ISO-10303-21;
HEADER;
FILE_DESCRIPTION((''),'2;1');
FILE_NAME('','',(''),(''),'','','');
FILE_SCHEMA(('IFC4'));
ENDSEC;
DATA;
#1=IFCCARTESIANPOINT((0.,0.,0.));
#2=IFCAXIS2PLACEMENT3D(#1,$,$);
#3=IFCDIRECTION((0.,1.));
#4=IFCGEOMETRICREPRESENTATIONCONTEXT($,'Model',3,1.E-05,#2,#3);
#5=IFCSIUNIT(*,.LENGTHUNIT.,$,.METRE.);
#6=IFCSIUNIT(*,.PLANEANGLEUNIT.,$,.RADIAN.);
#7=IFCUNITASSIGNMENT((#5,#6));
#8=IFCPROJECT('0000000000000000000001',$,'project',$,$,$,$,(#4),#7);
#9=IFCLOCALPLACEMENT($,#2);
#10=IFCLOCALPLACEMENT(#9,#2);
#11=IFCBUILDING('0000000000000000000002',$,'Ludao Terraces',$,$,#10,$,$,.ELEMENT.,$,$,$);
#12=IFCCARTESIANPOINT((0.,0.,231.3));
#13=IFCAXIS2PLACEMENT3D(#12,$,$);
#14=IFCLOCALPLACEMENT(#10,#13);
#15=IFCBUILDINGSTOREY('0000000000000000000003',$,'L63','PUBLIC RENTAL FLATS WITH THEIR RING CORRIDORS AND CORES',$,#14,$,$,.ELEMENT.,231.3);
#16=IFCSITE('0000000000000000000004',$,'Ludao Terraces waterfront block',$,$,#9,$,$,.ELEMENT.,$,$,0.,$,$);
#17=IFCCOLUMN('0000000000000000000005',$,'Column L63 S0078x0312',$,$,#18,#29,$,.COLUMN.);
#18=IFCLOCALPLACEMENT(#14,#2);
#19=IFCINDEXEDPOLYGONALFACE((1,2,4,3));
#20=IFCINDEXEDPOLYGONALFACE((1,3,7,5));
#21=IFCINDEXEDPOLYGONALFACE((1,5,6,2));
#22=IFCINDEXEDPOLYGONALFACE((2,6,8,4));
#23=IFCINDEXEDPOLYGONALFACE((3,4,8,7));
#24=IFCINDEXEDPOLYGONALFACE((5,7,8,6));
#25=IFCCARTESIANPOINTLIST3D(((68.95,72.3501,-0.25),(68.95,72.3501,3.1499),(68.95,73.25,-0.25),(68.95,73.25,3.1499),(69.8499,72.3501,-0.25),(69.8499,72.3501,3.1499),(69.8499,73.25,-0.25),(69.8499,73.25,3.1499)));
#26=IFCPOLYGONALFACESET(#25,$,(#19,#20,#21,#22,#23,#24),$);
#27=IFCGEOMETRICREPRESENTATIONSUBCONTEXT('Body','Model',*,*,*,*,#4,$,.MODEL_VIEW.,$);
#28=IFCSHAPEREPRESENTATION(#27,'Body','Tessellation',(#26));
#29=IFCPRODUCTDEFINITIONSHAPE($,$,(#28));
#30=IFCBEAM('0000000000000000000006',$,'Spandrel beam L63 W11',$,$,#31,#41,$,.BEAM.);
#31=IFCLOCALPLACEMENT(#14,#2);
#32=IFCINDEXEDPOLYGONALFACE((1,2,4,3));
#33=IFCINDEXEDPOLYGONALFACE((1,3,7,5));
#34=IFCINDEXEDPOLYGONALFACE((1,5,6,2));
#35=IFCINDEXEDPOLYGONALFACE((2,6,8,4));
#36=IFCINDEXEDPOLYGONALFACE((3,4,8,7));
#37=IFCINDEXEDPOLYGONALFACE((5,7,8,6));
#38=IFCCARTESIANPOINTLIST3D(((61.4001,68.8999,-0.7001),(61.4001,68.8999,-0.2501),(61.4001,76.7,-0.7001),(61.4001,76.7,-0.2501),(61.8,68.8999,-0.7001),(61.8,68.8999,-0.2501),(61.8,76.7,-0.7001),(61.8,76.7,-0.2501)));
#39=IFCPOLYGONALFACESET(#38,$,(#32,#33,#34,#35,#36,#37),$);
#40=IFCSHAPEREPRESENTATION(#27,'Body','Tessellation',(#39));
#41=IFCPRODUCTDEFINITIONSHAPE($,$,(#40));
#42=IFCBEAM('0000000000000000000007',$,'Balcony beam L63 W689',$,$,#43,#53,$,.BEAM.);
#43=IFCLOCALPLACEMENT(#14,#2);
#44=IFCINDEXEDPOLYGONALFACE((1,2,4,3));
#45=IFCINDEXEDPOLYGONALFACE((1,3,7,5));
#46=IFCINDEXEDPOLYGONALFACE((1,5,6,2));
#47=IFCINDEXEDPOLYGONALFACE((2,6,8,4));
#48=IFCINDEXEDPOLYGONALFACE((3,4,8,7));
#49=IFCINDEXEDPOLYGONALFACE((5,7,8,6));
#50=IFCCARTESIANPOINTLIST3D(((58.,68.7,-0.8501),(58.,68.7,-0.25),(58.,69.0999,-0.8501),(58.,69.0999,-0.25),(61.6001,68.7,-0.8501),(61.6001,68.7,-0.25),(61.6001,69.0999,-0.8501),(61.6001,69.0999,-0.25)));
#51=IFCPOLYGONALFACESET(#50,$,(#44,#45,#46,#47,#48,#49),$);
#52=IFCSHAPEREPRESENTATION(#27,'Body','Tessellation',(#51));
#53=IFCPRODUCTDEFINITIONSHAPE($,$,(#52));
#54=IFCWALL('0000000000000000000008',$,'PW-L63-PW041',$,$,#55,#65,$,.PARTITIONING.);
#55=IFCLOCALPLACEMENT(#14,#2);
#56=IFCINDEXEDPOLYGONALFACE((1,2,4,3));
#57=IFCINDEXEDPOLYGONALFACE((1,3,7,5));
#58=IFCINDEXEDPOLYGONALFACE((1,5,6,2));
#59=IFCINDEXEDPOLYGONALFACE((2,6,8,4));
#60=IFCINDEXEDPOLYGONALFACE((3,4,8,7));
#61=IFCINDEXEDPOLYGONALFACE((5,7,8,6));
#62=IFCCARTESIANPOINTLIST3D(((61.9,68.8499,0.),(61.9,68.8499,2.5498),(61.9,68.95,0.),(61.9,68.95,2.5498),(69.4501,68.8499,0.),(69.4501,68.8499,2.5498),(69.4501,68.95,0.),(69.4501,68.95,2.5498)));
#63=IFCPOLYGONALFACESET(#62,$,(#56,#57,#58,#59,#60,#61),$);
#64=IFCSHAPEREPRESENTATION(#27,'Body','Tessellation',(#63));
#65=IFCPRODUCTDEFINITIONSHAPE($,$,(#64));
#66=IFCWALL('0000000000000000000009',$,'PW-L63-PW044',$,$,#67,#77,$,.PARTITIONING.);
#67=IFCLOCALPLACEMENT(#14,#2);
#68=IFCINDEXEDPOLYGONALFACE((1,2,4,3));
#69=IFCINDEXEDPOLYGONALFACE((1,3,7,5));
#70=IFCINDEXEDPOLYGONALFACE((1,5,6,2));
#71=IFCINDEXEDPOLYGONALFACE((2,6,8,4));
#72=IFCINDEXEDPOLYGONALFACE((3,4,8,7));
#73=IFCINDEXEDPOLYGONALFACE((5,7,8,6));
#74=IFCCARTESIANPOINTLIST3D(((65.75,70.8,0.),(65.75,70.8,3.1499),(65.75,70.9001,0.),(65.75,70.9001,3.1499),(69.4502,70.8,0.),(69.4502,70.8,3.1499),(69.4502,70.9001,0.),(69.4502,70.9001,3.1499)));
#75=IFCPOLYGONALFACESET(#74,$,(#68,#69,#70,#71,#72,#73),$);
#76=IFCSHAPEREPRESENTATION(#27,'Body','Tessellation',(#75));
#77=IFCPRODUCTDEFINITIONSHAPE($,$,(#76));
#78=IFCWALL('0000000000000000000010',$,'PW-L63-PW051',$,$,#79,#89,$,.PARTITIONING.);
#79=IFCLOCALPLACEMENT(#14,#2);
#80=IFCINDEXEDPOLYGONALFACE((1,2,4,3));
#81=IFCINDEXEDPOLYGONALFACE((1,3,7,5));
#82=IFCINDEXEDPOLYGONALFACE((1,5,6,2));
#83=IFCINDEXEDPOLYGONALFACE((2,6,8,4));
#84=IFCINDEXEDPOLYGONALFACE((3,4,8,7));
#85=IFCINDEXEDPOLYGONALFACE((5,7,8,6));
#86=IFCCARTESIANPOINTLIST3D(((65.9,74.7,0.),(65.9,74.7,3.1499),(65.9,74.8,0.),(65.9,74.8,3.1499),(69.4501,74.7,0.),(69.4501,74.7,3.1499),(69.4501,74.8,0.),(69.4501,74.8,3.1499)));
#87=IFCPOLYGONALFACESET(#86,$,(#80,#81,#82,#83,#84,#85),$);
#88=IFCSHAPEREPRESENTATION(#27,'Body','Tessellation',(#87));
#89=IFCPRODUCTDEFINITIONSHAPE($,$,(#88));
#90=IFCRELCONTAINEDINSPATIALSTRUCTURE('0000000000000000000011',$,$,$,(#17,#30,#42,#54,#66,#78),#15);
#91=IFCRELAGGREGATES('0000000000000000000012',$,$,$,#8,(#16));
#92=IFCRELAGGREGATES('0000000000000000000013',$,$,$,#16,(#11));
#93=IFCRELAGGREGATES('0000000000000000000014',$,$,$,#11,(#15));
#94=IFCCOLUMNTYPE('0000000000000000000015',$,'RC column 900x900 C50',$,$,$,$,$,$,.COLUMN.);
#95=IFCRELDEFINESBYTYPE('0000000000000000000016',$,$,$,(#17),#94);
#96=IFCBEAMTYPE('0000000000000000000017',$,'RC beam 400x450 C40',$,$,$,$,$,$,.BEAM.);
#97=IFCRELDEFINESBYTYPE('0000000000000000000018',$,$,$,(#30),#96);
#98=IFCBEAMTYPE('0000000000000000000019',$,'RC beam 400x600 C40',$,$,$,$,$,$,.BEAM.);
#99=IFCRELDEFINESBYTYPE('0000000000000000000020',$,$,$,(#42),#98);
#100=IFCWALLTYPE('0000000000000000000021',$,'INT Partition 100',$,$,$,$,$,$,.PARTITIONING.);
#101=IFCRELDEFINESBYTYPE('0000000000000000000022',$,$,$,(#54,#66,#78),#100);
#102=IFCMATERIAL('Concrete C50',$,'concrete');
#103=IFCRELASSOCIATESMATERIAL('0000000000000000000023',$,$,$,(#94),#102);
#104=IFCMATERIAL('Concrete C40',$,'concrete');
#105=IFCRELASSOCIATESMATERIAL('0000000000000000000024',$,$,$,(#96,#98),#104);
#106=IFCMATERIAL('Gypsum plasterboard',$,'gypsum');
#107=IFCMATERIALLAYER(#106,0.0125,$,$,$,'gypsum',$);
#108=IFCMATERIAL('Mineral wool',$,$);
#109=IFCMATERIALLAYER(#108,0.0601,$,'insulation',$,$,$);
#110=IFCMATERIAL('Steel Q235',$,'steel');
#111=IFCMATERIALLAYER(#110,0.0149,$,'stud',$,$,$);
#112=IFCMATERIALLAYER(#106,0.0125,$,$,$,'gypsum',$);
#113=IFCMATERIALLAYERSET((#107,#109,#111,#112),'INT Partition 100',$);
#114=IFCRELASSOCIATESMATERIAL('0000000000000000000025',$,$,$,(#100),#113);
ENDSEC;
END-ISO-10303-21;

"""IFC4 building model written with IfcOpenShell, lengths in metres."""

from ifc_helpers import new_model, si_unit, direction, frame, frame_2d, origin, origin_2d, place, context, subcontext, project, spatial, rectangle, extrude, material, layer, layer_set, material_profile, profile_set, type_object, element, save


model = new_model("IFC4")

# Units and contexts
model_context = context("Model", 3, precision=1e-05, world=origin(), true_north=direction((0.0, 1.0)))
body_context = subcontext(model_context, "Body", "Model", "MODEL_VIEW")
ifc_project = project(units=[si_unit("LENGTHUNIT", "METRE"), si_unit("PLANEANGLEUNIT", "RADIAN")], contexts=[model_context])

# Site, building, storey
site_placement = place(None, origin())
site = spatial("IfcSite", under=ifc_project, at=site_placement, Name="Ludao Terraces waterfront block", CompositionType="ELEMENT", RefElevation=0.0)
building_placement = place(site_placement, origin())
building = spatial("IfcBuilding", under=site, at=building_placement, Name="Ludao Terraces", CompositionType="ELEMENT")
storey_placement = place(building_placement, frame((0.0, 0.0, 231.3)))
storey = spatial("IfcBuildingStorey", under=building, at=storey_placement, Name="L63", Description="PUBLIC RENTAL FLATS WITH THEIR RING CORRIDORS AND CORES", CompositionType="ELEMENT", Elevation=231.3)

# Column
ifc_material_1 = material(Name="Concrete C50", Category="concrete")
ifc_material_profile_1 = material_profile(ifc_material_1, rectangle(XDim=0.8999, YDim=0.8999, at=origin_2d()), Name="900 X 900")
ifc_profile_set_1 = profile_set([ifc_material_profile_1], Name="Concrete C50")
column_type = type_object("IfcColumnType", Name="RC column 900x900 C50", PredefinedType="COLUMN", material=ifc_profile_set_1)
column_placement = place(storey_placement, frame((69.3999, 72.8, -0.25), z_axis=(0.0, 0.0, 1.0), x_axis=(1.0, 0.0, 0.0)))
element("IfcColumn", 1, at=column_placement, inside=storey, type_object=column_type, Name="Column L63 S0078x0312", PredefinedType="COLUMN", context=body_context, shape_type="SweptSolid", body=[
    extrude(rectangle(XDim=0.8999, YDim=0.8999, at=origin_2d()), origin(), (0.0, 0.0, 1.0), 3.3999),
])

# Beams
ifc_material_2 = material(Name="Concrete C40", Category="concrete")
ifc_material_profile_2 = material_profile(ifc_material_2, rectangle(XDim=0.3999, YDim=0.45, at=origin_2d()), Name="400 X 450")
ifc_profile_set_2 = profile_set([ifc_material_profile_2], Name="Concrete C40")
beam_type_1 = type_object("IfcBeamType", Name="RC beam 400x450 C40", PredefinedType="BEAM", material=ifc_profile_set_2)
beam_1_placement = place(storey_placement, frame((61.6001, 68.8999, -0.4751), z_axis=(0.0, 1.0, 0.0), x_axis=(-1.0, 0.0, 0.0)))
element("IfcBeam", 2, at=beam_1_placement, inside=storey, type_object=beam_type_1, Name="Spandrel beam L63 W11", PredefinedType="BEAM", context=body_context, shape_type="SweptSolid", body=[
    extrude(rectangle(XDim=0.3999, YDim=0.45, at=origin_2d()), origin(), (0.0, 0.0, 1.0), 7.8),
])
ifc_material_profile_3 = material_profile(ifc_material_2, rectangle(XDim=0.3999, YDim=0.6001, at=origin_2d()), Name="400 X 600")
ifc_profile_set_3 = profile_set([ifc_material_profile_3], Name="Concrete C40")
beam_type_2 = type_object("IfcBeamType", Name="RC beam 400x600 C40", PredefinedType="BEAM", material=ifc_profile_set_3)
beam_2_placement = place(storey_placement, frame((61.6001, 68.8999, -0.55), z_axis=(-1.0, 0.0, 0.0), x_axis=(0.0, -1.0, 0.0)))
element("IfcBeam", 3, at=beam_2_placement, inside=storey, type_object=beam_type_2, Name="Balcony beam L63 W689", PredefinedType="BEAM", context=body_context, shape_type="SweptSolid", body=[
    extrude(rectangle(XDim=0.3999, YDim=0.6001, at=origin_2d()), origin(), (0.0, 0.0, 1.0), 3.6001),
])

# Shared definitions
ifc_material_3 = material(Name="Mineral wool")

# Walls
ifc_material_4 = material(Name="Gypsum plasterboard", Category="gypsum")
ifc_layer_1 = layer(ifc_material_4, 0.0125, Category="gypsum")
ifc_layer_2 = layer(ifc_material_3, 0.0601, Name="insulation")
ifc_material_5 = material(Name="Steel Q235", Category="steel")
ifc_layer_3 = layer(ifc_material_5, 0.0149, Name="stud")
ifc_layer_4 = layer(ifc_material_4, 0.0125, Category="gypsum")
ifc_layer_set_1 = layer_set([ifc_layer_1, ifc_layer_2, ifc_layer_3, ifc_layer_4], Name="INT Partition 100")
wall_type_1 = type_object("IfcWallType", Name="INT Partition 100", PredefinedType="PARTITIONING", material=ifc_layer_set_1)
wall_1_placement = place(storey_placement, frame((61.9001, 68.8999, 0.0), z_axis=(0.0, 0.0, 1.0), x_axis=(1.0, 0.0, 0.0)))
element("IfcWall", 4, at=wall_1_placement, inside=storey, type_object=wall_type_1, Name="PW-L63-PW041", PredefinedType="PARTITIONING", context=body_context, shape_type="SweptSolid", body=[
    extrude(rectangle(XDim=7.55, YDim=0.1001, at=frame_2d((3.7749, 0.0))), origin(), (0.0, 0.0, 1.0), 2.5498),
])
wall_2_placement = place(storey_placement, frame((65.75, 70.8501, 0.0), z_axis=(0.0, 0.0, 1.0), x_axis=(1.0, 0.0, 0.0)))
element("IfcWall", 5, at=wall_2_placement, inside=storey, type_object=wall_type_1, Name="PW-L63-PW044", PredefinedType="PARTITIONING", context=body_context, shape_type="SweptSolid", body=[
    extrude(rectangle(XDim=3.7002, YDim=0.1001, at=frame_2d((1.8501, 0.0))), origin(), (0.0, 0.0, 1.0), 3.1499),
])
wall_3_placement = place(storey_placement, frame((65.9001, 74.75, 0.0), z_axis=(0.0, 0.0, 1.0), x_axis=(1.0, 0.0, 0.0)))
element("IfcWall", 6, at=wall_3_placement, inside=storey, type_object=wall_type_1, Name="PW-L63-PW051", PredefinedType="PARTITIONING", context=body_context, shape_type="SweptSolid", body=[
    extrude(rectangle(XDim=3.55, YDim=0.1001, at=frame_2d((1.7749, 0.0))), origin(), (0.0, 0.0, 1.0), 3.1499),
])

save(model, "model.ifc")
